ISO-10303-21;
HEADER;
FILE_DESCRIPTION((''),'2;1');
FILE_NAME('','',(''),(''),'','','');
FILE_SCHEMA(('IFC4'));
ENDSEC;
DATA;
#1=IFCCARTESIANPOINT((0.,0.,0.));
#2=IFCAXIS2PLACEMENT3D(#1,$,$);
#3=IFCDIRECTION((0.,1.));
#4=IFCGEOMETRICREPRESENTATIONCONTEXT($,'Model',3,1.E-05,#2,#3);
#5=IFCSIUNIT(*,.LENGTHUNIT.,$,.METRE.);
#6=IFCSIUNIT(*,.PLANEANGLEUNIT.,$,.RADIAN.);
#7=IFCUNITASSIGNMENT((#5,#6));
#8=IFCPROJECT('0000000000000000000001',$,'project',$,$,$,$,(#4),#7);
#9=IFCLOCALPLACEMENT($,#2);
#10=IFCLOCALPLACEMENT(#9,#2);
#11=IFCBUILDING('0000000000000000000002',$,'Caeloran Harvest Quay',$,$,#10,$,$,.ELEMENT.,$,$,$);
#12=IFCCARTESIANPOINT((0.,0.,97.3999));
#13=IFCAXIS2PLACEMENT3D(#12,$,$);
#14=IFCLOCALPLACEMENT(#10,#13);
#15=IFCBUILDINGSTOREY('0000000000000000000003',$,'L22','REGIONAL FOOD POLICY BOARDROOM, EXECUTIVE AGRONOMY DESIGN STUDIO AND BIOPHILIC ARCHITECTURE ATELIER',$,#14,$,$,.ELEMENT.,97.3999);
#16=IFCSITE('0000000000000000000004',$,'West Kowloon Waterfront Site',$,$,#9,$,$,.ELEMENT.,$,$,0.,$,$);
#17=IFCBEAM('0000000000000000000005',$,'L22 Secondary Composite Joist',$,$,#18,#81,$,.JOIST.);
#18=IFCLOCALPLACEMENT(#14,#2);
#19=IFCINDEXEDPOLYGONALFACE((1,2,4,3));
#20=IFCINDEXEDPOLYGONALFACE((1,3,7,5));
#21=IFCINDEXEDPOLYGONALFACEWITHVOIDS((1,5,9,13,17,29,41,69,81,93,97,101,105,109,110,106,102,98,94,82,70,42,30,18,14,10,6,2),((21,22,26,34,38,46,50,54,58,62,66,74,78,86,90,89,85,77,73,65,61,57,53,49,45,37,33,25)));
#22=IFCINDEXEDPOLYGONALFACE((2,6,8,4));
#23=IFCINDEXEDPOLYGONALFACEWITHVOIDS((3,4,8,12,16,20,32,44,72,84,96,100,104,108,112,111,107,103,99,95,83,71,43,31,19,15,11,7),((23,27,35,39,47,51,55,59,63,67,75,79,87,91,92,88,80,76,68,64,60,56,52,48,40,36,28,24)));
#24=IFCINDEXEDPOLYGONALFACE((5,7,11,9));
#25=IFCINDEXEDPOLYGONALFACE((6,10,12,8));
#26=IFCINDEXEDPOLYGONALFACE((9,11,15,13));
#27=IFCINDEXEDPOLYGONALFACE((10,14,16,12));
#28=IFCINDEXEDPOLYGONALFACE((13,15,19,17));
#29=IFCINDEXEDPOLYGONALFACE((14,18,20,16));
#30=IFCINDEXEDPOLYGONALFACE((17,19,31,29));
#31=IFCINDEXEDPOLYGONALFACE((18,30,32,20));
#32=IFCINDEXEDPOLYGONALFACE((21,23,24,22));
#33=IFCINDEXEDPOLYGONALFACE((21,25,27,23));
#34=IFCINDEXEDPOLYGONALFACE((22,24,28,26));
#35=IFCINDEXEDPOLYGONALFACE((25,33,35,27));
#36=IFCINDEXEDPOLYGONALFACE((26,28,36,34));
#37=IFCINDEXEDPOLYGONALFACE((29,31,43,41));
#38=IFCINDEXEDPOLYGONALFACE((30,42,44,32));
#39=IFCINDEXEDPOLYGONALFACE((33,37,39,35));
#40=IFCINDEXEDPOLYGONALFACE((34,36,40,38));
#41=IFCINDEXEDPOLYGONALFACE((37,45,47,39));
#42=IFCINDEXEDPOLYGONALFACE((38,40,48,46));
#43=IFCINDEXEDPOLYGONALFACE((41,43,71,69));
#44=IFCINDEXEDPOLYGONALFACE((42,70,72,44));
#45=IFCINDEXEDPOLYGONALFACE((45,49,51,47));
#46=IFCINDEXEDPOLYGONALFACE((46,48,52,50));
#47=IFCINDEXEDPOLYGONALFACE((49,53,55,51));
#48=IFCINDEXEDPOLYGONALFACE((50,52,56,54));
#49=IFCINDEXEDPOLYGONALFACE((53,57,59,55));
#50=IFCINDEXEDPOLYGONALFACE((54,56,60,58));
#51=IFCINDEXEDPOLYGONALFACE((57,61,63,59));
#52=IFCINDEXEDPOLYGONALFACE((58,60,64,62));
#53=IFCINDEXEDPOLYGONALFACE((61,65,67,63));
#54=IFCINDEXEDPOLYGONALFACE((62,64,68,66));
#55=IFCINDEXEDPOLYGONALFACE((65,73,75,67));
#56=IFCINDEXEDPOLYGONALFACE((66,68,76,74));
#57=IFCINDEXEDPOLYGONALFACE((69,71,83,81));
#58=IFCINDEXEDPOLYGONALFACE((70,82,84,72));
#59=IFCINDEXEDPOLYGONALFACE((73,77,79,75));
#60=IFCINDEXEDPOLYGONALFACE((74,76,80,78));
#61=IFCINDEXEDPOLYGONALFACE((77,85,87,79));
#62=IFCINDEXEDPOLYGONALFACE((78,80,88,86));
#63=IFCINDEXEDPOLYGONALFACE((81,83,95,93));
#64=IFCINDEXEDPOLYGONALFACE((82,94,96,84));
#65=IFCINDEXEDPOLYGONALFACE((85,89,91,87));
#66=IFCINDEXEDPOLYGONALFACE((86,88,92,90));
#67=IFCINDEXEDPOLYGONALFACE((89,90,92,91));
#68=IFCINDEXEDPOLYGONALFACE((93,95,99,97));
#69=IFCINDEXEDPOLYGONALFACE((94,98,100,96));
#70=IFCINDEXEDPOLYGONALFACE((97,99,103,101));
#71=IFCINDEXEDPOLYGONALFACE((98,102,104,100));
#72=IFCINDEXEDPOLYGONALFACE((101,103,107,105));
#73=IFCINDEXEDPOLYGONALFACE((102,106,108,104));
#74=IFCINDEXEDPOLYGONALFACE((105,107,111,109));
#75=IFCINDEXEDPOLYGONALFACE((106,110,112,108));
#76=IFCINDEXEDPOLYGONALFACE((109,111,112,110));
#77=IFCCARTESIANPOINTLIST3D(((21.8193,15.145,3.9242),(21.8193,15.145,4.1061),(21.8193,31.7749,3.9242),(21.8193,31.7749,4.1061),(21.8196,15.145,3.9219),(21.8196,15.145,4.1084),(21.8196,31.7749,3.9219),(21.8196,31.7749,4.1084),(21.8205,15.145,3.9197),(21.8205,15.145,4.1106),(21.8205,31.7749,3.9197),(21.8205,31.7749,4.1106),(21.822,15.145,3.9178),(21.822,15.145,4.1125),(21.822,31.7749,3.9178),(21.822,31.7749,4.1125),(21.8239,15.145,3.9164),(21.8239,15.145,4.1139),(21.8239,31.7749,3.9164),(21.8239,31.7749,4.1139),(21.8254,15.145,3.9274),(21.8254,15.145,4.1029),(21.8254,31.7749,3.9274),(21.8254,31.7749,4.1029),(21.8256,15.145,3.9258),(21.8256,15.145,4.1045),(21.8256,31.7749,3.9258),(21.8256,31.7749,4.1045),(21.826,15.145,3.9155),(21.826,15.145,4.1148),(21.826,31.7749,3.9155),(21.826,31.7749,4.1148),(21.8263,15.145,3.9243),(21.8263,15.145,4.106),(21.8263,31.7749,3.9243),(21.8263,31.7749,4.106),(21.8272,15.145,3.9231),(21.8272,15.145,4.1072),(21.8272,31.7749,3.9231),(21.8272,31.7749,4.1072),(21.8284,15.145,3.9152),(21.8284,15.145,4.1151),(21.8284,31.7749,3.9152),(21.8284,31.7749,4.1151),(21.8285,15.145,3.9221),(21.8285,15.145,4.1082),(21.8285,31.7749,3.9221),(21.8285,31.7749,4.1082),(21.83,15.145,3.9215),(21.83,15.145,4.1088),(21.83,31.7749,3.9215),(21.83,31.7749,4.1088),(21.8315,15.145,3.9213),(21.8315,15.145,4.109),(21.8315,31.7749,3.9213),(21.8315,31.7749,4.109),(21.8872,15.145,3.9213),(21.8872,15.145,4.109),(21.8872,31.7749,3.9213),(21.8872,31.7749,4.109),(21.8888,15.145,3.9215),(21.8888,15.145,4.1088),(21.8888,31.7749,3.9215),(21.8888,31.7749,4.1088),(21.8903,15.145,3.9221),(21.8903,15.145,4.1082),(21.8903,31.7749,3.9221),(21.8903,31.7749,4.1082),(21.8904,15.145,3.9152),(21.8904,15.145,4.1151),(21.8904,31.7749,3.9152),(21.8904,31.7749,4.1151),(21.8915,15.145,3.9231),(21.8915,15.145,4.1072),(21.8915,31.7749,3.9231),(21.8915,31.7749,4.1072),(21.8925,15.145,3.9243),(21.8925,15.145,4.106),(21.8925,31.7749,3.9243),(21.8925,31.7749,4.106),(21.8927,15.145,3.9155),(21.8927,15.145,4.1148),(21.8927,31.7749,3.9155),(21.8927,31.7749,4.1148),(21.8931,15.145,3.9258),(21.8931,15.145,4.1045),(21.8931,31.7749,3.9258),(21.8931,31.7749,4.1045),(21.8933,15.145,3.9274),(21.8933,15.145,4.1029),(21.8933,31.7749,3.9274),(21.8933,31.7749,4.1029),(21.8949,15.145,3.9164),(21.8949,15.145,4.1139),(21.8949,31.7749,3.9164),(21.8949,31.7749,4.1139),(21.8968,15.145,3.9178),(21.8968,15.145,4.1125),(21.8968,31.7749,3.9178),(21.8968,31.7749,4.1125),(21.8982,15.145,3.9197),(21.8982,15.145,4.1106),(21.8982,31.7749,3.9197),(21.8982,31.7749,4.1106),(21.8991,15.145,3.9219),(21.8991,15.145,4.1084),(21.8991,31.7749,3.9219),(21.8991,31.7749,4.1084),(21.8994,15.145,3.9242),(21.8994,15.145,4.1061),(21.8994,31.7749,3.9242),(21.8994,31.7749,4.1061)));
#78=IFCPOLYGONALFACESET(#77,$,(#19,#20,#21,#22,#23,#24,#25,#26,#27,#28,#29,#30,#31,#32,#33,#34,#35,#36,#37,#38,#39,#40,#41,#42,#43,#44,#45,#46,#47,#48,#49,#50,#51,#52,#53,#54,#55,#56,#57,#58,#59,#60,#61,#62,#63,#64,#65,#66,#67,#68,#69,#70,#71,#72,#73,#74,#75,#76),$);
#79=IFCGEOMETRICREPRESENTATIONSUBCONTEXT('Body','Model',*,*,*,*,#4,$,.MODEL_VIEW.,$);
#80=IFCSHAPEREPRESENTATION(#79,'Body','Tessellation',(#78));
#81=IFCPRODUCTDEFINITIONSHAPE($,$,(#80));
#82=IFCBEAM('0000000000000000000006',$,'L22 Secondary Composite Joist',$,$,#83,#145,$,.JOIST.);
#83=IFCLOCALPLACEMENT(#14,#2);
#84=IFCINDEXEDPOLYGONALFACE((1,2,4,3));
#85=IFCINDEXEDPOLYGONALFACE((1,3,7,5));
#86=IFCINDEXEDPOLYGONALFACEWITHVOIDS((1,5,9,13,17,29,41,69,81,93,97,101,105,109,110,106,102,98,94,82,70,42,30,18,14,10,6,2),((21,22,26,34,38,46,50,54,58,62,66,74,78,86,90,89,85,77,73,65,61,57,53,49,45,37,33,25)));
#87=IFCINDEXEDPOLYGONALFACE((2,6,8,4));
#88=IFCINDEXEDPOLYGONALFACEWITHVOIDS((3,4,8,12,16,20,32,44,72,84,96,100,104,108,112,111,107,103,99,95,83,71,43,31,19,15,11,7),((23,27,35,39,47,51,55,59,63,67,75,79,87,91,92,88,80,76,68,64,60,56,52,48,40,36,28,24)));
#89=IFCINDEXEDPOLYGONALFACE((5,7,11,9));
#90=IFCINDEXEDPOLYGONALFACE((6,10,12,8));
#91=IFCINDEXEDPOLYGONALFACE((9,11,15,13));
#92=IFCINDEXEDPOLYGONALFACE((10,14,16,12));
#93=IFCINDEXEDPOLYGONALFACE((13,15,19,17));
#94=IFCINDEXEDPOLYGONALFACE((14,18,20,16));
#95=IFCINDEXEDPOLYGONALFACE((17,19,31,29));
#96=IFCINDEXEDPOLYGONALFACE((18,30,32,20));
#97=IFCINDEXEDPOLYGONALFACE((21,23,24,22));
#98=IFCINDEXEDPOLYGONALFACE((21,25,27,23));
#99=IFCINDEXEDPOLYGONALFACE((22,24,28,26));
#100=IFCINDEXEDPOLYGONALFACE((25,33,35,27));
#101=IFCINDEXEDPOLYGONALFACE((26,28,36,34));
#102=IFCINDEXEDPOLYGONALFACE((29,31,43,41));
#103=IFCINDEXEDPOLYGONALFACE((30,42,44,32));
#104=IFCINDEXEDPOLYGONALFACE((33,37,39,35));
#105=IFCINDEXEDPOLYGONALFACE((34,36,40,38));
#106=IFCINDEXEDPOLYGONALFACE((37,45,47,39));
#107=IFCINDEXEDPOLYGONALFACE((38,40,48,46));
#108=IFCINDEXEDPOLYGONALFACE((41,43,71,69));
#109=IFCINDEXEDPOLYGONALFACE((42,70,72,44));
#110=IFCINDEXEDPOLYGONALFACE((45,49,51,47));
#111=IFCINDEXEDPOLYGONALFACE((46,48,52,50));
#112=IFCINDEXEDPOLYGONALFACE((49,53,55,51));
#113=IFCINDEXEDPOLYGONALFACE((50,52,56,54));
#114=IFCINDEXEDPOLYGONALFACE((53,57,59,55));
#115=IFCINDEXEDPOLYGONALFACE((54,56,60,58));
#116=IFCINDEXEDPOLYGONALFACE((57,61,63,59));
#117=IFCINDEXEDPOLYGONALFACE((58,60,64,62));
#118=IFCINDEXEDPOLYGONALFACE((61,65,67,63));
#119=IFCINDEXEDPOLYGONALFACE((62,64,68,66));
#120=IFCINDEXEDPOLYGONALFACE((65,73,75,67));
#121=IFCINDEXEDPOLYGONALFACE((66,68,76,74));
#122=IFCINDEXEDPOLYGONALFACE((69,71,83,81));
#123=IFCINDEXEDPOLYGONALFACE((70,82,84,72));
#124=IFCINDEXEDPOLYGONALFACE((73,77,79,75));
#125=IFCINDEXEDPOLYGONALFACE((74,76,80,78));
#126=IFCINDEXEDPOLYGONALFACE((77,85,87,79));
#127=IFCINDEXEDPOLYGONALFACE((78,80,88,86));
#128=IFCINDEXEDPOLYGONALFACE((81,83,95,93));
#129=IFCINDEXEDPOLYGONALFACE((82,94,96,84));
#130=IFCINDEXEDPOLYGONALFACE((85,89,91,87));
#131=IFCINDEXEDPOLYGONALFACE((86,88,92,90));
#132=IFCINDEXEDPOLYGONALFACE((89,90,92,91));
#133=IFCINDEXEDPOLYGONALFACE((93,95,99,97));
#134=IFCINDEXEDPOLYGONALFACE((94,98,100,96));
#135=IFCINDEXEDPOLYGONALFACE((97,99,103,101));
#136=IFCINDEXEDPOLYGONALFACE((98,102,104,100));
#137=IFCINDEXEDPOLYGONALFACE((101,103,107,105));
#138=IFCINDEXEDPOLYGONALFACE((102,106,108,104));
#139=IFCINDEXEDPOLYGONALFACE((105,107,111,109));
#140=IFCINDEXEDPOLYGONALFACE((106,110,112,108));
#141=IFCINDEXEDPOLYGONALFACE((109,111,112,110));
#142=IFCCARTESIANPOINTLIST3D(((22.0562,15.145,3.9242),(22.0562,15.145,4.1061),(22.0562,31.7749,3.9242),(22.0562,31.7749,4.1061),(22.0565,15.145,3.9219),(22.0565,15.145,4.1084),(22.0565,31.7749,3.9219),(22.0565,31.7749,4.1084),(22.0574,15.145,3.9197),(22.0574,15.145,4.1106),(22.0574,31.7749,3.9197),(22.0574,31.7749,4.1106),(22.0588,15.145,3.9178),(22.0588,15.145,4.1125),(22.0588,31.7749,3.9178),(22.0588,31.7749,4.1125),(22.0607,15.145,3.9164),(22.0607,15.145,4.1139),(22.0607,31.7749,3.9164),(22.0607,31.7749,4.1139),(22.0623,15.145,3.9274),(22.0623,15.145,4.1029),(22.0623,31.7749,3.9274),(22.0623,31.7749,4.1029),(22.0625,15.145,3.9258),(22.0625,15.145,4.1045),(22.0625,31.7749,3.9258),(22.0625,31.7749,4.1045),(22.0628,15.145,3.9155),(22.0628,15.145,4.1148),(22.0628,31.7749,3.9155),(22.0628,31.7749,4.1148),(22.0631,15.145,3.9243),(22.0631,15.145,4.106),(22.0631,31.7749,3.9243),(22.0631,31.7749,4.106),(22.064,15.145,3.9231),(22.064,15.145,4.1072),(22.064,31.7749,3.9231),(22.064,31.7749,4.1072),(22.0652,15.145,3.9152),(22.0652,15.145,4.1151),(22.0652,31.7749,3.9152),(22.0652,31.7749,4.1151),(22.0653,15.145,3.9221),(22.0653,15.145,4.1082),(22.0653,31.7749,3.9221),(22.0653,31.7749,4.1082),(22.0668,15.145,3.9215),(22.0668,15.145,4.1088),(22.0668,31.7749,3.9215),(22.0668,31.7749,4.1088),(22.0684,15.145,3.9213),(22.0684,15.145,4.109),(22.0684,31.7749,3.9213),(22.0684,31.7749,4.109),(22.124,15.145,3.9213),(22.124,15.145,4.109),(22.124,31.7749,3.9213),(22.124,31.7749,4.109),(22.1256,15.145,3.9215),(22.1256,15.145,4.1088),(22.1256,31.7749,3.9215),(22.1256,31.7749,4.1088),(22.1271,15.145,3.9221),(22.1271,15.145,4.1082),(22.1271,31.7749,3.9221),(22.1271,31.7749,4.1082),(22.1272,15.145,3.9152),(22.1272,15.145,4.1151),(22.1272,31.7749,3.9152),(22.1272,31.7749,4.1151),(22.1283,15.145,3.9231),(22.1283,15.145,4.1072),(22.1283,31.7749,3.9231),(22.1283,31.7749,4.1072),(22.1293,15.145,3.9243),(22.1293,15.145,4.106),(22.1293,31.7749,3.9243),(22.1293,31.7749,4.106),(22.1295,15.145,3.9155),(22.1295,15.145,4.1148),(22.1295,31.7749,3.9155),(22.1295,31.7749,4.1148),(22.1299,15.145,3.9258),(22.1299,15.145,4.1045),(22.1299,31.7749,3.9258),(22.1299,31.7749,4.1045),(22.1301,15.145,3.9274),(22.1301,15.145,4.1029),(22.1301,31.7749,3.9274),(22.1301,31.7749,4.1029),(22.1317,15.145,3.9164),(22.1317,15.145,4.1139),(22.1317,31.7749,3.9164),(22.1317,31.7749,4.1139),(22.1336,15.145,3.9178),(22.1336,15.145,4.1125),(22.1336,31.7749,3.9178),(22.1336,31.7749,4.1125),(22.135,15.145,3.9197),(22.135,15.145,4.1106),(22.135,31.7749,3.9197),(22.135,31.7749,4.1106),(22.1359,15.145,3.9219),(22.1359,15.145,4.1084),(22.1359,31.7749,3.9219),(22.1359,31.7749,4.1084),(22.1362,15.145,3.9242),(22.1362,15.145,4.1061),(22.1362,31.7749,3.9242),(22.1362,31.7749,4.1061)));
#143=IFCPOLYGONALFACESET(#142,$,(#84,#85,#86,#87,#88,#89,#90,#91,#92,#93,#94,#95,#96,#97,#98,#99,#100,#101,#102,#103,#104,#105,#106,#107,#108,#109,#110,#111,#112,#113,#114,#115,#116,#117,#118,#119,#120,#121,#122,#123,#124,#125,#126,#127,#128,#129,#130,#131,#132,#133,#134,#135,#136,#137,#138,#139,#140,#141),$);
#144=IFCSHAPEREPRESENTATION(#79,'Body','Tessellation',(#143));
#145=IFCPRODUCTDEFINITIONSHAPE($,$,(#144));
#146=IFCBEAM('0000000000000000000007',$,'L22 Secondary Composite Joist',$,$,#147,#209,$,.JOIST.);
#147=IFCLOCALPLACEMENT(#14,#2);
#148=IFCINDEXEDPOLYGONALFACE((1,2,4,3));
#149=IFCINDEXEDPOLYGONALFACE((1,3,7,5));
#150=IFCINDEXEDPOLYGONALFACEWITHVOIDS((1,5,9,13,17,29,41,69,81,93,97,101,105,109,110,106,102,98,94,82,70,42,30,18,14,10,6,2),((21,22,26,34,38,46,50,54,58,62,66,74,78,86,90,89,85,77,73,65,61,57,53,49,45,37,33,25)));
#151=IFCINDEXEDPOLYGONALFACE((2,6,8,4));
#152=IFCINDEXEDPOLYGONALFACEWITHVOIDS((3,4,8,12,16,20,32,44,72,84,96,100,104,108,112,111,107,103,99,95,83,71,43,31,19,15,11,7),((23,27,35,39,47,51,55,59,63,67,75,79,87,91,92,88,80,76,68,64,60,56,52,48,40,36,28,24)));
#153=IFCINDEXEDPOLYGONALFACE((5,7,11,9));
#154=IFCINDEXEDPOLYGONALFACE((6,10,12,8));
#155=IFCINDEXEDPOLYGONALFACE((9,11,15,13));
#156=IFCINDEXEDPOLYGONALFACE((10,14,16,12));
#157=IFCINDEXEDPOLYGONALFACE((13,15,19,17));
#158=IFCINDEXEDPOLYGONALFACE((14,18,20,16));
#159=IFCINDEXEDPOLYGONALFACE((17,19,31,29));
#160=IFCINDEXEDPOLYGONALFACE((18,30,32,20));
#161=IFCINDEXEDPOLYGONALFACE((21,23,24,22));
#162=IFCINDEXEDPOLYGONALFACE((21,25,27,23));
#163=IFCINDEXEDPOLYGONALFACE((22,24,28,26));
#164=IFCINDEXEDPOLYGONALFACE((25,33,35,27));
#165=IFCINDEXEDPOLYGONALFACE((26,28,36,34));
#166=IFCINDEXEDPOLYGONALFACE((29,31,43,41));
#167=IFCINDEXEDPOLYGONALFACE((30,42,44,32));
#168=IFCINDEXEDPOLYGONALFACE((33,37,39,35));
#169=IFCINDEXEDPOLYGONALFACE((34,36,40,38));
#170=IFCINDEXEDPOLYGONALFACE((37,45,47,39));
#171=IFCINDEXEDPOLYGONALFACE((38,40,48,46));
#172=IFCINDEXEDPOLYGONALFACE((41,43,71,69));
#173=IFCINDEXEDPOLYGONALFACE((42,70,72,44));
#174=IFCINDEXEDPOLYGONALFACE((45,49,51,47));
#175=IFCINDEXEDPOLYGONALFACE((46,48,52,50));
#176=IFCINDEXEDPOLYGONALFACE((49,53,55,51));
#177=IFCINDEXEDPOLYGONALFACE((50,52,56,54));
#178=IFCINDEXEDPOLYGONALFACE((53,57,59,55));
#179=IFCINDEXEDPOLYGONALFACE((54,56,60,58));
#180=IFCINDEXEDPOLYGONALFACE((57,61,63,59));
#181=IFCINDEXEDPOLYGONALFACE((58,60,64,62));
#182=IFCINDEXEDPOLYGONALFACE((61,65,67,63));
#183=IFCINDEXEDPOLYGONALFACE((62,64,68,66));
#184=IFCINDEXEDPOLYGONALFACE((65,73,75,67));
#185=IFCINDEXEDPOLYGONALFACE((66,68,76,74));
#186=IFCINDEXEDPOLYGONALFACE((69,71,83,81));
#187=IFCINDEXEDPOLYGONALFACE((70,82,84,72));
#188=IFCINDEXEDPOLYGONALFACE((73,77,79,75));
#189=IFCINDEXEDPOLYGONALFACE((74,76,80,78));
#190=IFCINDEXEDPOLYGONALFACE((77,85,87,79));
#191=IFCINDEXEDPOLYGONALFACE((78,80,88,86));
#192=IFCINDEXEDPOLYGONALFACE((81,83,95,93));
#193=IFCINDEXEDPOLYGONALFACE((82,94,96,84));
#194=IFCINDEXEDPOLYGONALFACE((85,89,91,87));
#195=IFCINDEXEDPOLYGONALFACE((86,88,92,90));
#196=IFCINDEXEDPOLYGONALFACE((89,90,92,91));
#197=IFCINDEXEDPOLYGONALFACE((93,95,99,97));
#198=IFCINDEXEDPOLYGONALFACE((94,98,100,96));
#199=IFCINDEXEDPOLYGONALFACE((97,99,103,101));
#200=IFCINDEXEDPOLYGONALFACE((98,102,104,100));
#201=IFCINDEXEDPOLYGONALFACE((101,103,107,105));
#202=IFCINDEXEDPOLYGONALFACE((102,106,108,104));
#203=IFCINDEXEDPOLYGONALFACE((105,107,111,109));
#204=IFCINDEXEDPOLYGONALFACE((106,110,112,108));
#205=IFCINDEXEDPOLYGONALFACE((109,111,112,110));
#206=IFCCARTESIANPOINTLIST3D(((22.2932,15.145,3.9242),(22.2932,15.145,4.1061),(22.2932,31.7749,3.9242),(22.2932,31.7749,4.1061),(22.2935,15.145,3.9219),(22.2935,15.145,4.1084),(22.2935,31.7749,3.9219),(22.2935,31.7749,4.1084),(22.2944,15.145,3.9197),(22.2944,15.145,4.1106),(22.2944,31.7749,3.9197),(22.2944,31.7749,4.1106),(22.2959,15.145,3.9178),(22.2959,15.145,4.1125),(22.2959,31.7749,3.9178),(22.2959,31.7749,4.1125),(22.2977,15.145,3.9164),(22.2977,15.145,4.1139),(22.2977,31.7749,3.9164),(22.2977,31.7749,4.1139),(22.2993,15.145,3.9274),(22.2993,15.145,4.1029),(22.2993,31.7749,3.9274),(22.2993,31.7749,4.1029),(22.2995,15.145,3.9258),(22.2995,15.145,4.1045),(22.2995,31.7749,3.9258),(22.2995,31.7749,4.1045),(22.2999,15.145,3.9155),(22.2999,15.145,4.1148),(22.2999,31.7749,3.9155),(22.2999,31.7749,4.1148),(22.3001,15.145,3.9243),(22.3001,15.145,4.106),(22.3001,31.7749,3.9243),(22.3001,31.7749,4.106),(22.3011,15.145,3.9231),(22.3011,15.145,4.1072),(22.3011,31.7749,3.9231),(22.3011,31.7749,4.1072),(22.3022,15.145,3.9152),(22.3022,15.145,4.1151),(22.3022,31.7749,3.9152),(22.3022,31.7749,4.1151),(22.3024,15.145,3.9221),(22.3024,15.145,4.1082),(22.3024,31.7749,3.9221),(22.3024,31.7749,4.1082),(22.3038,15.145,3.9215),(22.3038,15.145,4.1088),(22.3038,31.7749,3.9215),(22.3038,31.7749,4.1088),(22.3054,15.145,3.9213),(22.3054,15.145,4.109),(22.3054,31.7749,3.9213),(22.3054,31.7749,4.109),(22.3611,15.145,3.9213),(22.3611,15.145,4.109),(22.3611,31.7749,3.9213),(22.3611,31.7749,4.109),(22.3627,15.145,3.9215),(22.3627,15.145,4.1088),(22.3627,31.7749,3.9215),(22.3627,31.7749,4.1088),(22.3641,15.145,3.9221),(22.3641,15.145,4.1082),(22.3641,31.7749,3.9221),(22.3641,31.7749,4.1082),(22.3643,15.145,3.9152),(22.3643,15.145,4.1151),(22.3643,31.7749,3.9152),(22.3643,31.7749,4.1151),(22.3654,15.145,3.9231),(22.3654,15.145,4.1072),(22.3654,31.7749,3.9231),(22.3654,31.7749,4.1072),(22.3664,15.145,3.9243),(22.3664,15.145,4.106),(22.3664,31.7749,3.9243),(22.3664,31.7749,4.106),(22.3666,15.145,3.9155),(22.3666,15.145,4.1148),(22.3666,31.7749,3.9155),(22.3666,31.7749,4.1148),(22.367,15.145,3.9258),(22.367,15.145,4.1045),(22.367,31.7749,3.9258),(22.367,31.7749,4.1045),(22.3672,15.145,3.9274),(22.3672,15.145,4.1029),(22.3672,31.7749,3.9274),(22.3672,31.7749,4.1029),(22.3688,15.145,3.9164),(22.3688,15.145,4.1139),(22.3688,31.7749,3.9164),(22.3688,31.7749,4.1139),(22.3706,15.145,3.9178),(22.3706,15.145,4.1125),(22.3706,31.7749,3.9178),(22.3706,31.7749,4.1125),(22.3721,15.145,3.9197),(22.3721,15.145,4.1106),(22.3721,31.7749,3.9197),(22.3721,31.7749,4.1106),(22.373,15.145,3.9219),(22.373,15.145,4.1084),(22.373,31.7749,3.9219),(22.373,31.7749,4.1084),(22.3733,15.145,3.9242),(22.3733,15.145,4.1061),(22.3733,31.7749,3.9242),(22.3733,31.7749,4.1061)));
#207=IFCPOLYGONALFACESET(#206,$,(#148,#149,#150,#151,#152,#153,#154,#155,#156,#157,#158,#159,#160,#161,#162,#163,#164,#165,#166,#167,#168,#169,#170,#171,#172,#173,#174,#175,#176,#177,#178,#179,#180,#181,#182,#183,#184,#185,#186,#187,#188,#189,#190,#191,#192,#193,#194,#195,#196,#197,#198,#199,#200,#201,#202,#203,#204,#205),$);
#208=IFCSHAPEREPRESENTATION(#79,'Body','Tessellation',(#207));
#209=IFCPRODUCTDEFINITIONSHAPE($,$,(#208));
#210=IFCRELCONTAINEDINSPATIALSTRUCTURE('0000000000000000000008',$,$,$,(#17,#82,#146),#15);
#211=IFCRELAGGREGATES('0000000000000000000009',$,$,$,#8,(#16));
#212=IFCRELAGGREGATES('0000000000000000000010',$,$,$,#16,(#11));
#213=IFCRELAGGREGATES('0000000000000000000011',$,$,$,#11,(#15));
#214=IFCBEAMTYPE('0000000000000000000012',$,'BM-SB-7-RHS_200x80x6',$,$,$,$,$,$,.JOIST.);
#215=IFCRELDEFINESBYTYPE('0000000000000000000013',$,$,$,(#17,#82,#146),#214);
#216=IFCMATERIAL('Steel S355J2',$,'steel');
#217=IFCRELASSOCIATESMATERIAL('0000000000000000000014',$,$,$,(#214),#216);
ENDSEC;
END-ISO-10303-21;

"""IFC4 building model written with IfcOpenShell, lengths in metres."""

from ifc_helpers import new_model, si_unit, direction, frame, origin, origin_2d, place, context, subcontext, project, spatial, hollow_rectangle, extrude, material, material_profile, profile_set, type_object, element, save


model = new_model("IFC4")

# Units and contexts
model_context = context("Model", 3, precision=1e-05, world=origin(), true_north=direction((0.0, 1.0)))
body_context = subcontext(model_context, "Body", "Model", "MODEL_VIEW")
ifc_project = project(units=[si_unit("LENGTHUNIT", "METRE"), si_unit("PLANEANGLEUNIT", "RADIAN")], contexts=[model_context])

# Site, building, storey
site_placement = place(None, origin())
site = spatial("IfcSite", under=ifc_project, at=site_placement, Name="West Kowloon Waterfront Site", CompositionType="ELEMENT", RefElevation=0.0)
building_placement = place(site_placement, origin())
building = spatial("IfcBuilding", under=site, at=building_placement, Name="Caeloran Harvest Quay", CompositionType="ELEMENT")
storey_placement = place(building_placement, frame((0.0, 0.0, 97.3999)))
storey = spatial("IfcBuildingStorey", under=building, at=storey_placement, Name="L22", Description="REGIONAL FOOD POLICY BOARDROOM, EXECUTIVE AGRONOMY DESIGN STUDIO AND BIOPHILIC ARCHITECTURE ATELIER", CompositionType="ELEMENT", Elevation=97.3999)

# Beams
ifc_material_1 = material(Name="Steel S355J2", Category="steel")
ifc_material_profile_1 = material_profile(ifc_material_1, hollow_rectangle(XDim=0.0801, YDim=0.2, WallThickness=0.0061, InnerFilletRadius=0.0061, OuterFilletRadius=0.009, at=origin_2d()), Name="RHS 200x80x6")
ifc_profile_set_1 = profile_set([ifc_material_profile_1], Name="Steel S355J2")
beam_type_1 = type_object("IfcBeamType", Name="BM-SB-7-RHS_200x80x6", PredefinedType="JOIST", material=ifc_profile_set_1)
for number, where, z_axis, x_axis, name in (
    (1, (21.8594, 15.145, 4.0151), (0.0, 1.0, 0.0), (-1.0, 0.0, 0.0), "L22 Secondary Composite Joist"),
    (2, (22.0962, 15.145, 4.0151), (0.0, 1.0, 0.0), (-1.0, 0.0, 0.0), "L22 Secondary Composite Joist"),
    (3, (22.3333, 15.145, 4.0151), (0.0, 1.0, 0.0), (-1.0, 0.0, 0.0), "L22 Secondary Composite Joist"),
):
    element("IfcBeam", number, at=place(storey_placement, frame(where, z_axis=z_axis, x_axis=x_axis)), inside=storey, type_object=beam_type_1, Name=name, PredefinedType="JOIST", context=body_context, shape_type="SweptSolid", body=[
        extrude(hollow_rectangle(XDim=0.0801, YDim=0.2, WallThickness=0.0061, InnerFilletRadius=0.0061, OuterFilletRadius=0.009, at=origin_2d()), origin(), (0.0, 0.0, 1.0), 16.6299),
    ])

save(model, "model.ifc")
